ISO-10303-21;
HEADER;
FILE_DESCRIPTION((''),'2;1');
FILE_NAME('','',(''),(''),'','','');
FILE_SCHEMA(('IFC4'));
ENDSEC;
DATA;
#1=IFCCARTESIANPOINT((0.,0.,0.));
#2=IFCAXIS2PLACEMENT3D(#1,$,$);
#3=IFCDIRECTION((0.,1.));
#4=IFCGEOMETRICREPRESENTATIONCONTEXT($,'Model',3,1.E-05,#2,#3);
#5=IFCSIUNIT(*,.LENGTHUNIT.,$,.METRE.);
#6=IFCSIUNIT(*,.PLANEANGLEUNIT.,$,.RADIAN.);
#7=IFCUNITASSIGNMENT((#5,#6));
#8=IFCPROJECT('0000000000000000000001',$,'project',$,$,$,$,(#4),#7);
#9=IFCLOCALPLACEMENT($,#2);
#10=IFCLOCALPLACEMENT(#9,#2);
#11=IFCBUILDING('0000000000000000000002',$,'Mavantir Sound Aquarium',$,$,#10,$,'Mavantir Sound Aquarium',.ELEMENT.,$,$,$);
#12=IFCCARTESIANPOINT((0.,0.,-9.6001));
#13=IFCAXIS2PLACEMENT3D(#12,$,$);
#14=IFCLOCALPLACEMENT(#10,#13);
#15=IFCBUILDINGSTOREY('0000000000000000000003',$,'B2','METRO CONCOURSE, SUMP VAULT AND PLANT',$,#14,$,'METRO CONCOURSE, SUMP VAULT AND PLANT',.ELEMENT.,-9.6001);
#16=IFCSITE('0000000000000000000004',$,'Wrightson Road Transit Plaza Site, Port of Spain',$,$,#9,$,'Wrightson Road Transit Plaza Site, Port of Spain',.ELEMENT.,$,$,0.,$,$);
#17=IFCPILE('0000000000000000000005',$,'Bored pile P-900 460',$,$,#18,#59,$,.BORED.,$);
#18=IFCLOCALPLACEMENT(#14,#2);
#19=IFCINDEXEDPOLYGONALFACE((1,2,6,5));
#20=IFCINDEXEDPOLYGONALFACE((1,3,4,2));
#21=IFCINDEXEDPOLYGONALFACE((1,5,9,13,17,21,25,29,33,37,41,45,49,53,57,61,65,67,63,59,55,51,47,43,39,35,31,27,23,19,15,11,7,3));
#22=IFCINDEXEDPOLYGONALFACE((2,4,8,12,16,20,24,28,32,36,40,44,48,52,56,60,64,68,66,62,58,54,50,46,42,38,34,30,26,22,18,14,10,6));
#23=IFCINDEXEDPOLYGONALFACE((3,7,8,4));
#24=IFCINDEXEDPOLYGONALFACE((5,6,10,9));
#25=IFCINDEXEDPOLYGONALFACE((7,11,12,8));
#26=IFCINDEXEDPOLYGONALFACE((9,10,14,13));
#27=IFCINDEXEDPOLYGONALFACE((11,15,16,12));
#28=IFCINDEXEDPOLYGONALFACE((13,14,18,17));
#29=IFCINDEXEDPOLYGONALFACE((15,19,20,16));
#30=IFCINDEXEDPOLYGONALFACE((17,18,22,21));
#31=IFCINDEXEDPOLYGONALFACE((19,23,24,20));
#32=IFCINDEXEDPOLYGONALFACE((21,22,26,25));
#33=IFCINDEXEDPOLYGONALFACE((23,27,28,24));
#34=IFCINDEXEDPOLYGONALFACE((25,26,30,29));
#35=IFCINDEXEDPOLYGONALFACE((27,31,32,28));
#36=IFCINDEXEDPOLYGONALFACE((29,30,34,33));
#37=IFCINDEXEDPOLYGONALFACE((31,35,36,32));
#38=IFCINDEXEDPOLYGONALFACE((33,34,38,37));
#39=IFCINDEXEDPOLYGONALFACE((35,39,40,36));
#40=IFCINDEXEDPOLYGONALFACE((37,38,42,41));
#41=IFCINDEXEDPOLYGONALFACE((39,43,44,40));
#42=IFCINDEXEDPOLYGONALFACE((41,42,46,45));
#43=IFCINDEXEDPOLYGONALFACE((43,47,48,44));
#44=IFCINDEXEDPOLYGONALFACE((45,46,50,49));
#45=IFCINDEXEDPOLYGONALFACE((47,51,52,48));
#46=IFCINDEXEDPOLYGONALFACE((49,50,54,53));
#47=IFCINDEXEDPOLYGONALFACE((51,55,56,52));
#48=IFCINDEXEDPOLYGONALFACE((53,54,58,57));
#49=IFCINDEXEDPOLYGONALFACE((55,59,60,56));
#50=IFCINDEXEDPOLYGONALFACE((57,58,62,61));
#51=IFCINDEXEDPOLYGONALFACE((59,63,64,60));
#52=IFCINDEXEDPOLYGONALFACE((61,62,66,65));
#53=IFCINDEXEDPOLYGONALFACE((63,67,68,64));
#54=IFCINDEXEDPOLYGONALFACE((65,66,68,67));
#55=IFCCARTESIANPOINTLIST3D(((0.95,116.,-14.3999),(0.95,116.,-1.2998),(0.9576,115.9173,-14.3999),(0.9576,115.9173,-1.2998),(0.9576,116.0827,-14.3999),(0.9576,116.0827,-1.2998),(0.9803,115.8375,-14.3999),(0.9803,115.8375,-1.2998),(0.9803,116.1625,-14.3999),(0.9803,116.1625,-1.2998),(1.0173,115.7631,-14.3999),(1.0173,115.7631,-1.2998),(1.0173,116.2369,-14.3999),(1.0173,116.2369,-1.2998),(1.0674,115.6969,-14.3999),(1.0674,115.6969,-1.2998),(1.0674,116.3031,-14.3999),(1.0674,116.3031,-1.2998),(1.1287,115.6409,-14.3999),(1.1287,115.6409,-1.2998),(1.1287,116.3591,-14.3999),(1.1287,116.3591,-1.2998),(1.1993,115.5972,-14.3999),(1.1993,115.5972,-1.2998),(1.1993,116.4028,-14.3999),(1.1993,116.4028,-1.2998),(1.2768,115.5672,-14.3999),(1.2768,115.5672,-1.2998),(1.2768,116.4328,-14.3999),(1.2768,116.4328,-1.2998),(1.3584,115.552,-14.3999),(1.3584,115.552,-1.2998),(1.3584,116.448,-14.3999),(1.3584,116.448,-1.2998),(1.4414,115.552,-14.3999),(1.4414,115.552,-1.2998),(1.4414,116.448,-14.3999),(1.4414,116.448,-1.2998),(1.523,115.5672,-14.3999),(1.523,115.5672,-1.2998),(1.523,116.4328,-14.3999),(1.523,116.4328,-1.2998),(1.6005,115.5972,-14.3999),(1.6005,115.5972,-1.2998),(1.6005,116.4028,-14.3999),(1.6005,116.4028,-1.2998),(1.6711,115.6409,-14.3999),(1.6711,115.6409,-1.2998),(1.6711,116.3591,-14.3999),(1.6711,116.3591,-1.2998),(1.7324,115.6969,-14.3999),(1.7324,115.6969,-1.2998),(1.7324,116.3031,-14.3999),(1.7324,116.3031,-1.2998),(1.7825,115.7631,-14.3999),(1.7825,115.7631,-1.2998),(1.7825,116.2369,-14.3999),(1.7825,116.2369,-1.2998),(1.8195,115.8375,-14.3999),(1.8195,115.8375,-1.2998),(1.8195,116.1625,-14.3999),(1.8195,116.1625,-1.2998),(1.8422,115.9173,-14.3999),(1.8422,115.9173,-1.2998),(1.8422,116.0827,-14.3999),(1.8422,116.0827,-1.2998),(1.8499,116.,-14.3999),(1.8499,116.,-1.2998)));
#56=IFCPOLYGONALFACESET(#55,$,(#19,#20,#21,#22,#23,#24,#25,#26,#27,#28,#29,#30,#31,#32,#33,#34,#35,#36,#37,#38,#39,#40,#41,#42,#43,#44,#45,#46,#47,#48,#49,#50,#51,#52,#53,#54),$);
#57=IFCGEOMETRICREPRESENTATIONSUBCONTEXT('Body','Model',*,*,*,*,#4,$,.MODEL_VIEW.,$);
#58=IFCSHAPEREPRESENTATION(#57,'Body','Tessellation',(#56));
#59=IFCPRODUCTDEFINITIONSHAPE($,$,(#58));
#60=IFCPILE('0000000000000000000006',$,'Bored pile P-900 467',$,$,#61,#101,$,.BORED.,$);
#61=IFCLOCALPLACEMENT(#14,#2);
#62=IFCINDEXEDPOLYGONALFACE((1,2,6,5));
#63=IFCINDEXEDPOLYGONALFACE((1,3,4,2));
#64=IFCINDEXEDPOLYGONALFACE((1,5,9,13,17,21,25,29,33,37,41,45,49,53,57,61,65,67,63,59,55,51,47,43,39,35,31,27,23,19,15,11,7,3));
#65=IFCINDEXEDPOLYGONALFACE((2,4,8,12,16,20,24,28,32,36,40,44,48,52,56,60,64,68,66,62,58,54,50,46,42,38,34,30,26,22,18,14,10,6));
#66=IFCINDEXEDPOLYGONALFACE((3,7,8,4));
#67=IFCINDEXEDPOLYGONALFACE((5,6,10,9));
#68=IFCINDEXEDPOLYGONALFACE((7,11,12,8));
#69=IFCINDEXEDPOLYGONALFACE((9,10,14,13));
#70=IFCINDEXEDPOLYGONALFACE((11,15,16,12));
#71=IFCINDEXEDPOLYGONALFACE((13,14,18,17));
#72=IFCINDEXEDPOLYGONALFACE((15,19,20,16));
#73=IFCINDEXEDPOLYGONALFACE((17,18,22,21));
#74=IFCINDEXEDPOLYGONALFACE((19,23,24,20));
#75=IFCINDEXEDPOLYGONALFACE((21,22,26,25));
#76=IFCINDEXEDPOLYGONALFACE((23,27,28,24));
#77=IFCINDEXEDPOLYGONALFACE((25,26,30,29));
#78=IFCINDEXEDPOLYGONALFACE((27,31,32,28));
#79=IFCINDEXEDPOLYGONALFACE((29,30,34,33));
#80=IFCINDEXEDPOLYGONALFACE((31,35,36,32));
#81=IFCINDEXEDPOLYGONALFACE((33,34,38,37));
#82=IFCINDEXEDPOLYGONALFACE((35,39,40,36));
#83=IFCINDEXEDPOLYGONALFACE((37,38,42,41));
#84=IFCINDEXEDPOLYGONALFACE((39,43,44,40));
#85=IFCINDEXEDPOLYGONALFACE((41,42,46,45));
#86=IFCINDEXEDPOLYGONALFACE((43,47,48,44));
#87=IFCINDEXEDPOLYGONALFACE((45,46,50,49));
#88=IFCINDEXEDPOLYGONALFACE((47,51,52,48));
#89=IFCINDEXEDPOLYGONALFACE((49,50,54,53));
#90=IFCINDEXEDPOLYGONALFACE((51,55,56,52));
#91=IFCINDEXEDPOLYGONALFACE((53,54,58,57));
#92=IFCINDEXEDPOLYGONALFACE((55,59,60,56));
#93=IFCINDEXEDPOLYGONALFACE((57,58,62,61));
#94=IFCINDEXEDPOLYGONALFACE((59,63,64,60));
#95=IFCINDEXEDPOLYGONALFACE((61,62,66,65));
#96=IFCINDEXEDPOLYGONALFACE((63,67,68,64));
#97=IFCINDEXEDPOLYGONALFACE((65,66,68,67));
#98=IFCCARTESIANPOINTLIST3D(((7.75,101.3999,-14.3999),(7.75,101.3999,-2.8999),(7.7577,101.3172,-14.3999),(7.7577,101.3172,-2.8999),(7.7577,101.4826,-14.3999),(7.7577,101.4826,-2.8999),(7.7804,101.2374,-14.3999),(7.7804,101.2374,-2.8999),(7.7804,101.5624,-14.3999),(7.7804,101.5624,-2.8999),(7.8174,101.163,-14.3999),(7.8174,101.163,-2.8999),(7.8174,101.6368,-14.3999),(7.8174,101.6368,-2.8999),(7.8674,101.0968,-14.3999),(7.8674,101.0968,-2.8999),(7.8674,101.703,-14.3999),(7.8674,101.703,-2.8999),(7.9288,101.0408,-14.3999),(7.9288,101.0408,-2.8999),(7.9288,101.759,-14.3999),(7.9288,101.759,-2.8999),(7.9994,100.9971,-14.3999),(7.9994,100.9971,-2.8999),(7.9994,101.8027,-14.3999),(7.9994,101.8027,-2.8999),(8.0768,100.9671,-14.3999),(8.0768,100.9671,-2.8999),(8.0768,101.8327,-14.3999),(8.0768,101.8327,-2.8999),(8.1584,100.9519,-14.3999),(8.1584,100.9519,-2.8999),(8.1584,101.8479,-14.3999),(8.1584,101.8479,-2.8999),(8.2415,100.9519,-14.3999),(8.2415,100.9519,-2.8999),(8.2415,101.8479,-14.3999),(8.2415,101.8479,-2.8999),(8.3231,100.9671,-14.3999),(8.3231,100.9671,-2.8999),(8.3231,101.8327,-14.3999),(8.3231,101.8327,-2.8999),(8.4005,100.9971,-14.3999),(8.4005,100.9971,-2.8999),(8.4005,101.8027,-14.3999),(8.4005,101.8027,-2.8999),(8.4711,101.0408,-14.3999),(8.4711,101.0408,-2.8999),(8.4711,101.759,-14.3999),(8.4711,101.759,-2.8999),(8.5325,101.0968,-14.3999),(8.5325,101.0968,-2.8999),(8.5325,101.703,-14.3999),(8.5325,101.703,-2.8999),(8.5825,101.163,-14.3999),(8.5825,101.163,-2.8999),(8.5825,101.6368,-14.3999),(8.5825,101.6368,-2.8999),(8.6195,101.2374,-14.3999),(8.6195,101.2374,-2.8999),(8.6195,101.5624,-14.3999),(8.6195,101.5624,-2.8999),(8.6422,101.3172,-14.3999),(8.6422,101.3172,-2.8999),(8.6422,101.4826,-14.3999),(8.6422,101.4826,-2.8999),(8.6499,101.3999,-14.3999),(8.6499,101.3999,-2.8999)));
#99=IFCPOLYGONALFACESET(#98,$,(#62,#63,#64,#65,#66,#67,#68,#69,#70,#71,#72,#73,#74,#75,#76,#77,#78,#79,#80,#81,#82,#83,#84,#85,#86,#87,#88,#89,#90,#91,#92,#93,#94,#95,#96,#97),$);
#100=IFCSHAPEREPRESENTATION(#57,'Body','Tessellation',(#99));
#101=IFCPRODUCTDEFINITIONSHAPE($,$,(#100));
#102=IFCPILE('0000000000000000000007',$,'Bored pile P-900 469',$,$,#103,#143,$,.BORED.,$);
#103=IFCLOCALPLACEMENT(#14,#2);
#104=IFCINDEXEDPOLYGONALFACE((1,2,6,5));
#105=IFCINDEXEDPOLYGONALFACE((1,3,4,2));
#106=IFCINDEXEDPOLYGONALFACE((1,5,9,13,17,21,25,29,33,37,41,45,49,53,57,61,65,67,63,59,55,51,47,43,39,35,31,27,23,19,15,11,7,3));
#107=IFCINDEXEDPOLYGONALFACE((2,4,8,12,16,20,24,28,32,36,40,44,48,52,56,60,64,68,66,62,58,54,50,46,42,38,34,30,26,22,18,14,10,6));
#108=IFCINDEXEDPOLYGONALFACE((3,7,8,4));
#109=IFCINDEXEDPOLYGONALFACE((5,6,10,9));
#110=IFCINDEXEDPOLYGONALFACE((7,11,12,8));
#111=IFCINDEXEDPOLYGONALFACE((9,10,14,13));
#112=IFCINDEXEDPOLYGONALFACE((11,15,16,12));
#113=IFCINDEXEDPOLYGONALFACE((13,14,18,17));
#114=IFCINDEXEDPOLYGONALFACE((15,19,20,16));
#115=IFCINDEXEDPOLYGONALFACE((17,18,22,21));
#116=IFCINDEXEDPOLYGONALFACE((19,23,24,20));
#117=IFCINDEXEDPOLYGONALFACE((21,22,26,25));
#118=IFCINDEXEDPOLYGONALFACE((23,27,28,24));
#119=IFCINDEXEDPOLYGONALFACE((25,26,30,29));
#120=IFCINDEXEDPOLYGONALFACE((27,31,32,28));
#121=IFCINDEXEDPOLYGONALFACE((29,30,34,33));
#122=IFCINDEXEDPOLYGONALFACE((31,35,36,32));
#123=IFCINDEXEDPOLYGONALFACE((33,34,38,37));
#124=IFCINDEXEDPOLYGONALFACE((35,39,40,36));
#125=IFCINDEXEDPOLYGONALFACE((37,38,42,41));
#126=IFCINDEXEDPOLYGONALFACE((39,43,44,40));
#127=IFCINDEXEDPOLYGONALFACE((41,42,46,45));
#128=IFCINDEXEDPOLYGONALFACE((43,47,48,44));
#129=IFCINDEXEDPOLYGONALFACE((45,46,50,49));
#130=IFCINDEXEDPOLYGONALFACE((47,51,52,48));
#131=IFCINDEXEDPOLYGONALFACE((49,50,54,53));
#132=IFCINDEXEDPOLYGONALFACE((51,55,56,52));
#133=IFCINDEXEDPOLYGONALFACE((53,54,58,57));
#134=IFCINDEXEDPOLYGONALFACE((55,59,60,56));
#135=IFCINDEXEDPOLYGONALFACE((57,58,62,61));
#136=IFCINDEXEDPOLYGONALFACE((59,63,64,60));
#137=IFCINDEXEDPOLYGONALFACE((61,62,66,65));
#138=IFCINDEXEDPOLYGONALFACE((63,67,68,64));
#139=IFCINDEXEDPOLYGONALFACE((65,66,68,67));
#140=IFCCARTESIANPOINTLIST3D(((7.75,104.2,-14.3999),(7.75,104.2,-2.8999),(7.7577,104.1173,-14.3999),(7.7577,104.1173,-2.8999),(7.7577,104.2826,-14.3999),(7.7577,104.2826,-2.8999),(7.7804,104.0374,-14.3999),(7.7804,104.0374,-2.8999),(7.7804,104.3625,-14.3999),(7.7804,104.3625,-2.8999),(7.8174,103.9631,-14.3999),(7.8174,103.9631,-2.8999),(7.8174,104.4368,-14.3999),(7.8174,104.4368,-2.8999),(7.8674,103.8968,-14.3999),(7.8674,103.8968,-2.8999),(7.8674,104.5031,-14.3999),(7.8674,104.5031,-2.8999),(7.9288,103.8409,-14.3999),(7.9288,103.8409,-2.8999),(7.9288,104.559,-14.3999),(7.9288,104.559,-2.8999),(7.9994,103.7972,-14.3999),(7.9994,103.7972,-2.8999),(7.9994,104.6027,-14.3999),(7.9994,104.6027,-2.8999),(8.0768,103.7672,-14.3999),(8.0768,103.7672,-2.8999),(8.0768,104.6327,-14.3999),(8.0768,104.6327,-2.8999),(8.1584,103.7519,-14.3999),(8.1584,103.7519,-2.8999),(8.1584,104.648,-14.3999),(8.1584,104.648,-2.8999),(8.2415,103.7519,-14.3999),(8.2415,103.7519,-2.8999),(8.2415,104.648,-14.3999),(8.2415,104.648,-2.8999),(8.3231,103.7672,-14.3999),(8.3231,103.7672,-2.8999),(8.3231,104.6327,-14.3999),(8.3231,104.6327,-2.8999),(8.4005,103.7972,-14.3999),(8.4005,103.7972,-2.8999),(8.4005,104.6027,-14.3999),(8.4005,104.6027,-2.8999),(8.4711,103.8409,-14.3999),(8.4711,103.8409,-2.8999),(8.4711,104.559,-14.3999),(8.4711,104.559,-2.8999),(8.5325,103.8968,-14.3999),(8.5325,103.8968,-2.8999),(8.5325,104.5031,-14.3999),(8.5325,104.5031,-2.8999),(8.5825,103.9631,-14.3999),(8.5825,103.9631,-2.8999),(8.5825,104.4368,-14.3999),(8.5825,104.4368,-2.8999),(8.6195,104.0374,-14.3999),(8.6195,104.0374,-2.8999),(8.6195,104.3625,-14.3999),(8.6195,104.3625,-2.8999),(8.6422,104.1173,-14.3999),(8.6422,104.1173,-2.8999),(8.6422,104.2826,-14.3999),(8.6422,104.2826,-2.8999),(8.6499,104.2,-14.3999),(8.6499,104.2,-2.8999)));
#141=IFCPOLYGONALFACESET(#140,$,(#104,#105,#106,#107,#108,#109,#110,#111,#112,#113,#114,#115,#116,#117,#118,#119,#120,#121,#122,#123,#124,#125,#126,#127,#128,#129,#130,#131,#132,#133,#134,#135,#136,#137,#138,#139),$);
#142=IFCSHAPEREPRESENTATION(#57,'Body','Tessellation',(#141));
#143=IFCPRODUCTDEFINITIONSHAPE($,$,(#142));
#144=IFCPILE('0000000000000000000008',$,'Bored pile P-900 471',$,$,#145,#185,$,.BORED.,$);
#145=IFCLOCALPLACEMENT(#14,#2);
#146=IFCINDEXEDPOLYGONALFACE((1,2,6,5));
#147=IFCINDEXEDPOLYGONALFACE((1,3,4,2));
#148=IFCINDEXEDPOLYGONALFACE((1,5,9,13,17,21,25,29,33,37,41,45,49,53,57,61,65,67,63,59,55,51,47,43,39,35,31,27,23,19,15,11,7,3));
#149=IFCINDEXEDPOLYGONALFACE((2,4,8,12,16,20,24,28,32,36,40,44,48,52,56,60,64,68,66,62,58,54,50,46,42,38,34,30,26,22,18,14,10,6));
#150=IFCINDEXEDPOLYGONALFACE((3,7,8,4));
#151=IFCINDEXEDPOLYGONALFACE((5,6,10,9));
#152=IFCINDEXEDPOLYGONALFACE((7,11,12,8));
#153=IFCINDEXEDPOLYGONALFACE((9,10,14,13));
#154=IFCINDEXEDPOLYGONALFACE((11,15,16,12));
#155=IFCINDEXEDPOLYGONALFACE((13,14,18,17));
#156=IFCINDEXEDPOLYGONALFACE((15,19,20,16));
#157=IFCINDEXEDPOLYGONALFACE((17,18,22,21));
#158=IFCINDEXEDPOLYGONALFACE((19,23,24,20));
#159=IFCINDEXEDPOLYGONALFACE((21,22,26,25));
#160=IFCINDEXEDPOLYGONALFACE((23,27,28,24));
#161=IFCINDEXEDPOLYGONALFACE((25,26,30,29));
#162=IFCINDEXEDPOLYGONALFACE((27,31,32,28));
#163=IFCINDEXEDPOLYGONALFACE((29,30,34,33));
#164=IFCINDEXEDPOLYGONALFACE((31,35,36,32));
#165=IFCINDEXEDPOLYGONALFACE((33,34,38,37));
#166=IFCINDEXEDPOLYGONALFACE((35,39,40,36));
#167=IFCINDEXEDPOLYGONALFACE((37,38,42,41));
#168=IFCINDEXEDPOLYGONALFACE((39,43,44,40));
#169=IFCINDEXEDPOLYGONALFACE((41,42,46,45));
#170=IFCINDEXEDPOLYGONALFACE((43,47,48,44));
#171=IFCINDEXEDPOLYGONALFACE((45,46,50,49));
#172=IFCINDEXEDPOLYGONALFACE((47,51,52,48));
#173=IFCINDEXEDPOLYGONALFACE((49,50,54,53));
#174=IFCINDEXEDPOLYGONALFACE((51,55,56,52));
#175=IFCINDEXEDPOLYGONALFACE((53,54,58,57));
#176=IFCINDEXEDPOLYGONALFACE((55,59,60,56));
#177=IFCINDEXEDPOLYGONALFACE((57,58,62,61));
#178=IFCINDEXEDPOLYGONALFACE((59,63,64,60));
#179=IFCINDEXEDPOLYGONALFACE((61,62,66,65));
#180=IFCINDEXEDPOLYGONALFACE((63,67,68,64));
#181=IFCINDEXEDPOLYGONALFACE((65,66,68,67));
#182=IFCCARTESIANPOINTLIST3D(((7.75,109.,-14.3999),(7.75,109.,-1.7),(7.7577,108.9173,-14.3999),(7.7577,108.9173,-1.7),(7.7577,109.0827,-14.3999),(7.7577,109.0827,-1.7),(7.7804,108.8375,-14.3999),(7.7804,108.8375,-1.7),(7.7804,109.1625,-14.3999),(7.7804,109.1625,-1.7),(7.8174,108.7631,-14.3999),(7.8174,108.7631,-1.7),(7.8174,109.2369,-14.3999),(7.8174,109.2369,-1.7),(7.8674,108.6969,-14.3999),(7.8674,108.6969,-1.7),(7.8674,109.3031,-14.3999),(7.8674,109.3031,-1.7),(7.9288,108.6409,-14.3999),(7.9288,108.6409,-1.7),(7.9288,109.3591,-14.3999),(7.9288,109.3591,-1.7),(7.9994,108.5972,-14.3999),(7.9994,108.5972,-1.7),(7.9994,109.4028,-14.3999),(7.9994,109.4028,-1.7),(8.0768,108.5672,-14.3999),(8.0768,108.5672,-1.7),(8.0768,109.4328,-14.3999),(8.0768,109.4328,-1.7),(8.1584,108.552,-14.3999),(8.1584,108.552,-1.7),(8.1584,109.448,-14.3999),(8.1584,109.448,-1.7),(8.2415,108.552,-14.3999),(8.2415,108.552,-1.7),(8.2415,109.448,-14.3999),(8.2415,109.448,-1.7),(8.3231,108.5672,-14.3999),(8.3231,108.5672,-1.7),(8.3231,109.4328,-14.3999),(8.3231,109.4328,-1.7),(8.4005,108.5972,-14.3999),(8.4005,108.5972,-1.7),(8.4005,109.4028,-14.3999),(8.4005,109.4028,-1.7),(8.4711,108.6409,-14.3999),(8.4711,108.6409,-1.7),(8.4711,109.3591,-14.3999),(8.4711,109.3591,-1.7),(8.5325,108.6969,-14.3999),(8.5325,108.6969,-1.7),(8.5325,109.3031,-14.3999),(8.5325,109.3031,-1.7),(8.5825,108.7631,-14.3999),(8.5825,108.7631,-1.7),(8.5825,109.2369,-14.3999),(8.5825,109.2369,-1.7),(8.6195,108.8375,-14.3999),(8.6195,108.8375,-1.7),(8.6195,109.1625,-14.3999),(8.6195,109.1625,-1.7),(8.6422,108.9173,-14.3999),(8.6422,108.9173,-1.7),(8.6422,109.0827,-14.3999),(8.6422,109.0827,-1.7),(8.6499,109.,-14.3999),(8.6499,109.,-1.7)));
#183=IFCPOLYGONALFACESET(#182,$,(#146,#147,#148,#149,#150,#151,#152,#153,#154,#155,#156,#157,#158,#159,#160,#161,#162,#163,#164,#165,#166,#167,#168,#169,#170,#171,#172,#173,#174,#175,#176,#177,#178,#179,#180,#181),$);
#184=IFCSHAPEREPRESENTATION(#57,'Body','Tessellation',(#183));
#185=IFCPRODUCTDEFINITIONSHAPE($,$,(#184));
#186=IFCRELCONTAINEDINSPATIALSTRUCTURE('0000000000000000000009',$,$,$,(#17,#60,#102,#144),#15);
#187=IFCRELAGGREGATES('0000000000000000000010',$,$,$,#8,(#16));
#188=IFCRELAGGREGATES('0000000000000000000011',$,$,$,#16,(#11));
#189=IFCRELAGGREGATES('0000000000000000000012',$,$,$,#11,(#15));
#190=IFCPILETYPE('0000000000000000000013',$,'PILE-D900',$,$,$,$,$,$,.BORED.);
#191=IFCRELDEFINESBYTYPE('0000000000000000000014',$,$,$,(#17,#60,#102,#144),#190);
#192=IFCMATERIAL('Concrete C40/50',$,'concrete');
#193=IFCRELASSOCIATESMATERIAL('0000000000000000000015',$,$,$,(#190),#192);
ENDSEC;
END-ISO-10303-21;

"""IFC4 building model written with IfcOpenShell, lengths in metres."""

from ifc_helpers import new_model, si_unit, direction, frame, origin, origin_2d, place, context, subcontext, project, spatial, circle, extrude, material, material_profile, profile_set, type_object, element, save


model = new_model("IFC4")

# Units and contexts
model_context = context("Model", 3, precision=1e-05, world=origin(), true_north=direction((0.0, 1.0)))
body_context = subcontext(model_context, "Body", "Model", "MODEL_VIEW")
ifc_project = project(units=[si_unit("LENGTHUNIT", "METRE"), si_unit("PLANEANGLEUNIT", "RADIAN")], contexts=[model_context])

# Site, building, storey
site_placement = place(None, origin())
site = spatial("IfcSite", under=ifc_project, at=site_placement, Name="Wrightson Road Transit Plaza Site, Port of Spain", LongName="Wrightson Road Transit Plaza Site, Port of Spain", CompositionType="ELEMENT", RefElevation=0.0)
building_placement = place(site_placement, origin())
building = spatial("IfcBuilding", under=site, at=building_placement, Name="Mavantir Sound Aquarium", LongName="Mavantir Sound Aquarium", CompositionType="ELEMENT")
storey_placement = place(building_placement, frame((0.0, 0.0, -9.6001)))
storey = spatial("IfcBuildingStorey", under=building, at=storey_placement, Name="B2", Description="METRO CONCOURSE, SUMP VAULT AND PLANT", LongName="METRO CONCOURSE, SUMP VAULT AND PLANT", CompositionType="ELEMENT", Elevation=-9.6001)

# Shared definitions
ifc_material_1 = material(Name="Concrete C40/50", Category="concrete")

# Piles
ifc_material_profile_1 = material_profile(ifc_material_1, circle(Radius=0.45, at=origin_2d()), Name="PILE D900")
ifc_profile_set_1 = profile_set([ifc_material_profile_1], Name="Concrete C40/50")
pile_type = type_object("IfcPileType", Name="PILE-D900", PredefinedType="BORED", material=ifc_profile_set_1)
for number, where, z_axis, x_axis, name in (
    (1, (1.3999, 116.0, -1.2998), (0.0, 0.0, -1.0), (1.0, 0.0, 0.0), "Bored pile P-900 460"),
):
    element("IfcPile", number, at=place(storey_placement, frame(where, z_axis=z_axis, x_axis=x_axis)), inside=storey, type_object=pile_type, Name=name, PredefinedType="BORED", context=body_context, shape_type="SweptSolid", body=[
        extrude(circle(Radius=0.45, at=origin_2d()), origin(), (0.0, 0.0, 1.0), 13.1001),
    ])
for number, where, z_axis, x_axis, name in (
    (2, (8.2, 101.3999, -2.8999), (0.0, 0.0, -1.0), (1.0, 0.0, 0.0), "Bored pile P-900 467"),
    (3, (8.2, 104.2, -2.8999), (0.0, 0.0, -1.0), (1.0, 0.0, 0.0), "Bored pile P-900 469"),
):
    element("IfcPile", number, at=place(storey_placement, frame(where, z_axis=z_axis, x_axis=x_axis)), inside=storey, type_object=pile_type, Name=name, PredefinedType="BORED", context=body_context, shape_type="SweptSolid", body=[
        extrude(circle(Radius=0.45, at=origin_2d()), origin(), (0.0, 0.0, 1.0), 11.5),
    ])
for number, where, z_axis, x_axis, name in (
    (4, (8.2, 109.0, -1.7), (0.0, 0.0, -1.0), (1.0, 0.0, 0.0), "Bored pile P-900 471"),
):
    element("IfcPile", number, at=place(storey_placement, frame(where, z_axis=z_axis, x_axis=x_axis)), inside=storey, type_object=pile_type, Name=name, PredefinedType="BORED", context=body_context, shape_type="SweptSolid", body=[
        extrude(circle(Radius=0.45, at=origin_2d()), origin(), (0.0, 0.0, 1.0), 12.7),
    ])

save(model, "model.ifc")
